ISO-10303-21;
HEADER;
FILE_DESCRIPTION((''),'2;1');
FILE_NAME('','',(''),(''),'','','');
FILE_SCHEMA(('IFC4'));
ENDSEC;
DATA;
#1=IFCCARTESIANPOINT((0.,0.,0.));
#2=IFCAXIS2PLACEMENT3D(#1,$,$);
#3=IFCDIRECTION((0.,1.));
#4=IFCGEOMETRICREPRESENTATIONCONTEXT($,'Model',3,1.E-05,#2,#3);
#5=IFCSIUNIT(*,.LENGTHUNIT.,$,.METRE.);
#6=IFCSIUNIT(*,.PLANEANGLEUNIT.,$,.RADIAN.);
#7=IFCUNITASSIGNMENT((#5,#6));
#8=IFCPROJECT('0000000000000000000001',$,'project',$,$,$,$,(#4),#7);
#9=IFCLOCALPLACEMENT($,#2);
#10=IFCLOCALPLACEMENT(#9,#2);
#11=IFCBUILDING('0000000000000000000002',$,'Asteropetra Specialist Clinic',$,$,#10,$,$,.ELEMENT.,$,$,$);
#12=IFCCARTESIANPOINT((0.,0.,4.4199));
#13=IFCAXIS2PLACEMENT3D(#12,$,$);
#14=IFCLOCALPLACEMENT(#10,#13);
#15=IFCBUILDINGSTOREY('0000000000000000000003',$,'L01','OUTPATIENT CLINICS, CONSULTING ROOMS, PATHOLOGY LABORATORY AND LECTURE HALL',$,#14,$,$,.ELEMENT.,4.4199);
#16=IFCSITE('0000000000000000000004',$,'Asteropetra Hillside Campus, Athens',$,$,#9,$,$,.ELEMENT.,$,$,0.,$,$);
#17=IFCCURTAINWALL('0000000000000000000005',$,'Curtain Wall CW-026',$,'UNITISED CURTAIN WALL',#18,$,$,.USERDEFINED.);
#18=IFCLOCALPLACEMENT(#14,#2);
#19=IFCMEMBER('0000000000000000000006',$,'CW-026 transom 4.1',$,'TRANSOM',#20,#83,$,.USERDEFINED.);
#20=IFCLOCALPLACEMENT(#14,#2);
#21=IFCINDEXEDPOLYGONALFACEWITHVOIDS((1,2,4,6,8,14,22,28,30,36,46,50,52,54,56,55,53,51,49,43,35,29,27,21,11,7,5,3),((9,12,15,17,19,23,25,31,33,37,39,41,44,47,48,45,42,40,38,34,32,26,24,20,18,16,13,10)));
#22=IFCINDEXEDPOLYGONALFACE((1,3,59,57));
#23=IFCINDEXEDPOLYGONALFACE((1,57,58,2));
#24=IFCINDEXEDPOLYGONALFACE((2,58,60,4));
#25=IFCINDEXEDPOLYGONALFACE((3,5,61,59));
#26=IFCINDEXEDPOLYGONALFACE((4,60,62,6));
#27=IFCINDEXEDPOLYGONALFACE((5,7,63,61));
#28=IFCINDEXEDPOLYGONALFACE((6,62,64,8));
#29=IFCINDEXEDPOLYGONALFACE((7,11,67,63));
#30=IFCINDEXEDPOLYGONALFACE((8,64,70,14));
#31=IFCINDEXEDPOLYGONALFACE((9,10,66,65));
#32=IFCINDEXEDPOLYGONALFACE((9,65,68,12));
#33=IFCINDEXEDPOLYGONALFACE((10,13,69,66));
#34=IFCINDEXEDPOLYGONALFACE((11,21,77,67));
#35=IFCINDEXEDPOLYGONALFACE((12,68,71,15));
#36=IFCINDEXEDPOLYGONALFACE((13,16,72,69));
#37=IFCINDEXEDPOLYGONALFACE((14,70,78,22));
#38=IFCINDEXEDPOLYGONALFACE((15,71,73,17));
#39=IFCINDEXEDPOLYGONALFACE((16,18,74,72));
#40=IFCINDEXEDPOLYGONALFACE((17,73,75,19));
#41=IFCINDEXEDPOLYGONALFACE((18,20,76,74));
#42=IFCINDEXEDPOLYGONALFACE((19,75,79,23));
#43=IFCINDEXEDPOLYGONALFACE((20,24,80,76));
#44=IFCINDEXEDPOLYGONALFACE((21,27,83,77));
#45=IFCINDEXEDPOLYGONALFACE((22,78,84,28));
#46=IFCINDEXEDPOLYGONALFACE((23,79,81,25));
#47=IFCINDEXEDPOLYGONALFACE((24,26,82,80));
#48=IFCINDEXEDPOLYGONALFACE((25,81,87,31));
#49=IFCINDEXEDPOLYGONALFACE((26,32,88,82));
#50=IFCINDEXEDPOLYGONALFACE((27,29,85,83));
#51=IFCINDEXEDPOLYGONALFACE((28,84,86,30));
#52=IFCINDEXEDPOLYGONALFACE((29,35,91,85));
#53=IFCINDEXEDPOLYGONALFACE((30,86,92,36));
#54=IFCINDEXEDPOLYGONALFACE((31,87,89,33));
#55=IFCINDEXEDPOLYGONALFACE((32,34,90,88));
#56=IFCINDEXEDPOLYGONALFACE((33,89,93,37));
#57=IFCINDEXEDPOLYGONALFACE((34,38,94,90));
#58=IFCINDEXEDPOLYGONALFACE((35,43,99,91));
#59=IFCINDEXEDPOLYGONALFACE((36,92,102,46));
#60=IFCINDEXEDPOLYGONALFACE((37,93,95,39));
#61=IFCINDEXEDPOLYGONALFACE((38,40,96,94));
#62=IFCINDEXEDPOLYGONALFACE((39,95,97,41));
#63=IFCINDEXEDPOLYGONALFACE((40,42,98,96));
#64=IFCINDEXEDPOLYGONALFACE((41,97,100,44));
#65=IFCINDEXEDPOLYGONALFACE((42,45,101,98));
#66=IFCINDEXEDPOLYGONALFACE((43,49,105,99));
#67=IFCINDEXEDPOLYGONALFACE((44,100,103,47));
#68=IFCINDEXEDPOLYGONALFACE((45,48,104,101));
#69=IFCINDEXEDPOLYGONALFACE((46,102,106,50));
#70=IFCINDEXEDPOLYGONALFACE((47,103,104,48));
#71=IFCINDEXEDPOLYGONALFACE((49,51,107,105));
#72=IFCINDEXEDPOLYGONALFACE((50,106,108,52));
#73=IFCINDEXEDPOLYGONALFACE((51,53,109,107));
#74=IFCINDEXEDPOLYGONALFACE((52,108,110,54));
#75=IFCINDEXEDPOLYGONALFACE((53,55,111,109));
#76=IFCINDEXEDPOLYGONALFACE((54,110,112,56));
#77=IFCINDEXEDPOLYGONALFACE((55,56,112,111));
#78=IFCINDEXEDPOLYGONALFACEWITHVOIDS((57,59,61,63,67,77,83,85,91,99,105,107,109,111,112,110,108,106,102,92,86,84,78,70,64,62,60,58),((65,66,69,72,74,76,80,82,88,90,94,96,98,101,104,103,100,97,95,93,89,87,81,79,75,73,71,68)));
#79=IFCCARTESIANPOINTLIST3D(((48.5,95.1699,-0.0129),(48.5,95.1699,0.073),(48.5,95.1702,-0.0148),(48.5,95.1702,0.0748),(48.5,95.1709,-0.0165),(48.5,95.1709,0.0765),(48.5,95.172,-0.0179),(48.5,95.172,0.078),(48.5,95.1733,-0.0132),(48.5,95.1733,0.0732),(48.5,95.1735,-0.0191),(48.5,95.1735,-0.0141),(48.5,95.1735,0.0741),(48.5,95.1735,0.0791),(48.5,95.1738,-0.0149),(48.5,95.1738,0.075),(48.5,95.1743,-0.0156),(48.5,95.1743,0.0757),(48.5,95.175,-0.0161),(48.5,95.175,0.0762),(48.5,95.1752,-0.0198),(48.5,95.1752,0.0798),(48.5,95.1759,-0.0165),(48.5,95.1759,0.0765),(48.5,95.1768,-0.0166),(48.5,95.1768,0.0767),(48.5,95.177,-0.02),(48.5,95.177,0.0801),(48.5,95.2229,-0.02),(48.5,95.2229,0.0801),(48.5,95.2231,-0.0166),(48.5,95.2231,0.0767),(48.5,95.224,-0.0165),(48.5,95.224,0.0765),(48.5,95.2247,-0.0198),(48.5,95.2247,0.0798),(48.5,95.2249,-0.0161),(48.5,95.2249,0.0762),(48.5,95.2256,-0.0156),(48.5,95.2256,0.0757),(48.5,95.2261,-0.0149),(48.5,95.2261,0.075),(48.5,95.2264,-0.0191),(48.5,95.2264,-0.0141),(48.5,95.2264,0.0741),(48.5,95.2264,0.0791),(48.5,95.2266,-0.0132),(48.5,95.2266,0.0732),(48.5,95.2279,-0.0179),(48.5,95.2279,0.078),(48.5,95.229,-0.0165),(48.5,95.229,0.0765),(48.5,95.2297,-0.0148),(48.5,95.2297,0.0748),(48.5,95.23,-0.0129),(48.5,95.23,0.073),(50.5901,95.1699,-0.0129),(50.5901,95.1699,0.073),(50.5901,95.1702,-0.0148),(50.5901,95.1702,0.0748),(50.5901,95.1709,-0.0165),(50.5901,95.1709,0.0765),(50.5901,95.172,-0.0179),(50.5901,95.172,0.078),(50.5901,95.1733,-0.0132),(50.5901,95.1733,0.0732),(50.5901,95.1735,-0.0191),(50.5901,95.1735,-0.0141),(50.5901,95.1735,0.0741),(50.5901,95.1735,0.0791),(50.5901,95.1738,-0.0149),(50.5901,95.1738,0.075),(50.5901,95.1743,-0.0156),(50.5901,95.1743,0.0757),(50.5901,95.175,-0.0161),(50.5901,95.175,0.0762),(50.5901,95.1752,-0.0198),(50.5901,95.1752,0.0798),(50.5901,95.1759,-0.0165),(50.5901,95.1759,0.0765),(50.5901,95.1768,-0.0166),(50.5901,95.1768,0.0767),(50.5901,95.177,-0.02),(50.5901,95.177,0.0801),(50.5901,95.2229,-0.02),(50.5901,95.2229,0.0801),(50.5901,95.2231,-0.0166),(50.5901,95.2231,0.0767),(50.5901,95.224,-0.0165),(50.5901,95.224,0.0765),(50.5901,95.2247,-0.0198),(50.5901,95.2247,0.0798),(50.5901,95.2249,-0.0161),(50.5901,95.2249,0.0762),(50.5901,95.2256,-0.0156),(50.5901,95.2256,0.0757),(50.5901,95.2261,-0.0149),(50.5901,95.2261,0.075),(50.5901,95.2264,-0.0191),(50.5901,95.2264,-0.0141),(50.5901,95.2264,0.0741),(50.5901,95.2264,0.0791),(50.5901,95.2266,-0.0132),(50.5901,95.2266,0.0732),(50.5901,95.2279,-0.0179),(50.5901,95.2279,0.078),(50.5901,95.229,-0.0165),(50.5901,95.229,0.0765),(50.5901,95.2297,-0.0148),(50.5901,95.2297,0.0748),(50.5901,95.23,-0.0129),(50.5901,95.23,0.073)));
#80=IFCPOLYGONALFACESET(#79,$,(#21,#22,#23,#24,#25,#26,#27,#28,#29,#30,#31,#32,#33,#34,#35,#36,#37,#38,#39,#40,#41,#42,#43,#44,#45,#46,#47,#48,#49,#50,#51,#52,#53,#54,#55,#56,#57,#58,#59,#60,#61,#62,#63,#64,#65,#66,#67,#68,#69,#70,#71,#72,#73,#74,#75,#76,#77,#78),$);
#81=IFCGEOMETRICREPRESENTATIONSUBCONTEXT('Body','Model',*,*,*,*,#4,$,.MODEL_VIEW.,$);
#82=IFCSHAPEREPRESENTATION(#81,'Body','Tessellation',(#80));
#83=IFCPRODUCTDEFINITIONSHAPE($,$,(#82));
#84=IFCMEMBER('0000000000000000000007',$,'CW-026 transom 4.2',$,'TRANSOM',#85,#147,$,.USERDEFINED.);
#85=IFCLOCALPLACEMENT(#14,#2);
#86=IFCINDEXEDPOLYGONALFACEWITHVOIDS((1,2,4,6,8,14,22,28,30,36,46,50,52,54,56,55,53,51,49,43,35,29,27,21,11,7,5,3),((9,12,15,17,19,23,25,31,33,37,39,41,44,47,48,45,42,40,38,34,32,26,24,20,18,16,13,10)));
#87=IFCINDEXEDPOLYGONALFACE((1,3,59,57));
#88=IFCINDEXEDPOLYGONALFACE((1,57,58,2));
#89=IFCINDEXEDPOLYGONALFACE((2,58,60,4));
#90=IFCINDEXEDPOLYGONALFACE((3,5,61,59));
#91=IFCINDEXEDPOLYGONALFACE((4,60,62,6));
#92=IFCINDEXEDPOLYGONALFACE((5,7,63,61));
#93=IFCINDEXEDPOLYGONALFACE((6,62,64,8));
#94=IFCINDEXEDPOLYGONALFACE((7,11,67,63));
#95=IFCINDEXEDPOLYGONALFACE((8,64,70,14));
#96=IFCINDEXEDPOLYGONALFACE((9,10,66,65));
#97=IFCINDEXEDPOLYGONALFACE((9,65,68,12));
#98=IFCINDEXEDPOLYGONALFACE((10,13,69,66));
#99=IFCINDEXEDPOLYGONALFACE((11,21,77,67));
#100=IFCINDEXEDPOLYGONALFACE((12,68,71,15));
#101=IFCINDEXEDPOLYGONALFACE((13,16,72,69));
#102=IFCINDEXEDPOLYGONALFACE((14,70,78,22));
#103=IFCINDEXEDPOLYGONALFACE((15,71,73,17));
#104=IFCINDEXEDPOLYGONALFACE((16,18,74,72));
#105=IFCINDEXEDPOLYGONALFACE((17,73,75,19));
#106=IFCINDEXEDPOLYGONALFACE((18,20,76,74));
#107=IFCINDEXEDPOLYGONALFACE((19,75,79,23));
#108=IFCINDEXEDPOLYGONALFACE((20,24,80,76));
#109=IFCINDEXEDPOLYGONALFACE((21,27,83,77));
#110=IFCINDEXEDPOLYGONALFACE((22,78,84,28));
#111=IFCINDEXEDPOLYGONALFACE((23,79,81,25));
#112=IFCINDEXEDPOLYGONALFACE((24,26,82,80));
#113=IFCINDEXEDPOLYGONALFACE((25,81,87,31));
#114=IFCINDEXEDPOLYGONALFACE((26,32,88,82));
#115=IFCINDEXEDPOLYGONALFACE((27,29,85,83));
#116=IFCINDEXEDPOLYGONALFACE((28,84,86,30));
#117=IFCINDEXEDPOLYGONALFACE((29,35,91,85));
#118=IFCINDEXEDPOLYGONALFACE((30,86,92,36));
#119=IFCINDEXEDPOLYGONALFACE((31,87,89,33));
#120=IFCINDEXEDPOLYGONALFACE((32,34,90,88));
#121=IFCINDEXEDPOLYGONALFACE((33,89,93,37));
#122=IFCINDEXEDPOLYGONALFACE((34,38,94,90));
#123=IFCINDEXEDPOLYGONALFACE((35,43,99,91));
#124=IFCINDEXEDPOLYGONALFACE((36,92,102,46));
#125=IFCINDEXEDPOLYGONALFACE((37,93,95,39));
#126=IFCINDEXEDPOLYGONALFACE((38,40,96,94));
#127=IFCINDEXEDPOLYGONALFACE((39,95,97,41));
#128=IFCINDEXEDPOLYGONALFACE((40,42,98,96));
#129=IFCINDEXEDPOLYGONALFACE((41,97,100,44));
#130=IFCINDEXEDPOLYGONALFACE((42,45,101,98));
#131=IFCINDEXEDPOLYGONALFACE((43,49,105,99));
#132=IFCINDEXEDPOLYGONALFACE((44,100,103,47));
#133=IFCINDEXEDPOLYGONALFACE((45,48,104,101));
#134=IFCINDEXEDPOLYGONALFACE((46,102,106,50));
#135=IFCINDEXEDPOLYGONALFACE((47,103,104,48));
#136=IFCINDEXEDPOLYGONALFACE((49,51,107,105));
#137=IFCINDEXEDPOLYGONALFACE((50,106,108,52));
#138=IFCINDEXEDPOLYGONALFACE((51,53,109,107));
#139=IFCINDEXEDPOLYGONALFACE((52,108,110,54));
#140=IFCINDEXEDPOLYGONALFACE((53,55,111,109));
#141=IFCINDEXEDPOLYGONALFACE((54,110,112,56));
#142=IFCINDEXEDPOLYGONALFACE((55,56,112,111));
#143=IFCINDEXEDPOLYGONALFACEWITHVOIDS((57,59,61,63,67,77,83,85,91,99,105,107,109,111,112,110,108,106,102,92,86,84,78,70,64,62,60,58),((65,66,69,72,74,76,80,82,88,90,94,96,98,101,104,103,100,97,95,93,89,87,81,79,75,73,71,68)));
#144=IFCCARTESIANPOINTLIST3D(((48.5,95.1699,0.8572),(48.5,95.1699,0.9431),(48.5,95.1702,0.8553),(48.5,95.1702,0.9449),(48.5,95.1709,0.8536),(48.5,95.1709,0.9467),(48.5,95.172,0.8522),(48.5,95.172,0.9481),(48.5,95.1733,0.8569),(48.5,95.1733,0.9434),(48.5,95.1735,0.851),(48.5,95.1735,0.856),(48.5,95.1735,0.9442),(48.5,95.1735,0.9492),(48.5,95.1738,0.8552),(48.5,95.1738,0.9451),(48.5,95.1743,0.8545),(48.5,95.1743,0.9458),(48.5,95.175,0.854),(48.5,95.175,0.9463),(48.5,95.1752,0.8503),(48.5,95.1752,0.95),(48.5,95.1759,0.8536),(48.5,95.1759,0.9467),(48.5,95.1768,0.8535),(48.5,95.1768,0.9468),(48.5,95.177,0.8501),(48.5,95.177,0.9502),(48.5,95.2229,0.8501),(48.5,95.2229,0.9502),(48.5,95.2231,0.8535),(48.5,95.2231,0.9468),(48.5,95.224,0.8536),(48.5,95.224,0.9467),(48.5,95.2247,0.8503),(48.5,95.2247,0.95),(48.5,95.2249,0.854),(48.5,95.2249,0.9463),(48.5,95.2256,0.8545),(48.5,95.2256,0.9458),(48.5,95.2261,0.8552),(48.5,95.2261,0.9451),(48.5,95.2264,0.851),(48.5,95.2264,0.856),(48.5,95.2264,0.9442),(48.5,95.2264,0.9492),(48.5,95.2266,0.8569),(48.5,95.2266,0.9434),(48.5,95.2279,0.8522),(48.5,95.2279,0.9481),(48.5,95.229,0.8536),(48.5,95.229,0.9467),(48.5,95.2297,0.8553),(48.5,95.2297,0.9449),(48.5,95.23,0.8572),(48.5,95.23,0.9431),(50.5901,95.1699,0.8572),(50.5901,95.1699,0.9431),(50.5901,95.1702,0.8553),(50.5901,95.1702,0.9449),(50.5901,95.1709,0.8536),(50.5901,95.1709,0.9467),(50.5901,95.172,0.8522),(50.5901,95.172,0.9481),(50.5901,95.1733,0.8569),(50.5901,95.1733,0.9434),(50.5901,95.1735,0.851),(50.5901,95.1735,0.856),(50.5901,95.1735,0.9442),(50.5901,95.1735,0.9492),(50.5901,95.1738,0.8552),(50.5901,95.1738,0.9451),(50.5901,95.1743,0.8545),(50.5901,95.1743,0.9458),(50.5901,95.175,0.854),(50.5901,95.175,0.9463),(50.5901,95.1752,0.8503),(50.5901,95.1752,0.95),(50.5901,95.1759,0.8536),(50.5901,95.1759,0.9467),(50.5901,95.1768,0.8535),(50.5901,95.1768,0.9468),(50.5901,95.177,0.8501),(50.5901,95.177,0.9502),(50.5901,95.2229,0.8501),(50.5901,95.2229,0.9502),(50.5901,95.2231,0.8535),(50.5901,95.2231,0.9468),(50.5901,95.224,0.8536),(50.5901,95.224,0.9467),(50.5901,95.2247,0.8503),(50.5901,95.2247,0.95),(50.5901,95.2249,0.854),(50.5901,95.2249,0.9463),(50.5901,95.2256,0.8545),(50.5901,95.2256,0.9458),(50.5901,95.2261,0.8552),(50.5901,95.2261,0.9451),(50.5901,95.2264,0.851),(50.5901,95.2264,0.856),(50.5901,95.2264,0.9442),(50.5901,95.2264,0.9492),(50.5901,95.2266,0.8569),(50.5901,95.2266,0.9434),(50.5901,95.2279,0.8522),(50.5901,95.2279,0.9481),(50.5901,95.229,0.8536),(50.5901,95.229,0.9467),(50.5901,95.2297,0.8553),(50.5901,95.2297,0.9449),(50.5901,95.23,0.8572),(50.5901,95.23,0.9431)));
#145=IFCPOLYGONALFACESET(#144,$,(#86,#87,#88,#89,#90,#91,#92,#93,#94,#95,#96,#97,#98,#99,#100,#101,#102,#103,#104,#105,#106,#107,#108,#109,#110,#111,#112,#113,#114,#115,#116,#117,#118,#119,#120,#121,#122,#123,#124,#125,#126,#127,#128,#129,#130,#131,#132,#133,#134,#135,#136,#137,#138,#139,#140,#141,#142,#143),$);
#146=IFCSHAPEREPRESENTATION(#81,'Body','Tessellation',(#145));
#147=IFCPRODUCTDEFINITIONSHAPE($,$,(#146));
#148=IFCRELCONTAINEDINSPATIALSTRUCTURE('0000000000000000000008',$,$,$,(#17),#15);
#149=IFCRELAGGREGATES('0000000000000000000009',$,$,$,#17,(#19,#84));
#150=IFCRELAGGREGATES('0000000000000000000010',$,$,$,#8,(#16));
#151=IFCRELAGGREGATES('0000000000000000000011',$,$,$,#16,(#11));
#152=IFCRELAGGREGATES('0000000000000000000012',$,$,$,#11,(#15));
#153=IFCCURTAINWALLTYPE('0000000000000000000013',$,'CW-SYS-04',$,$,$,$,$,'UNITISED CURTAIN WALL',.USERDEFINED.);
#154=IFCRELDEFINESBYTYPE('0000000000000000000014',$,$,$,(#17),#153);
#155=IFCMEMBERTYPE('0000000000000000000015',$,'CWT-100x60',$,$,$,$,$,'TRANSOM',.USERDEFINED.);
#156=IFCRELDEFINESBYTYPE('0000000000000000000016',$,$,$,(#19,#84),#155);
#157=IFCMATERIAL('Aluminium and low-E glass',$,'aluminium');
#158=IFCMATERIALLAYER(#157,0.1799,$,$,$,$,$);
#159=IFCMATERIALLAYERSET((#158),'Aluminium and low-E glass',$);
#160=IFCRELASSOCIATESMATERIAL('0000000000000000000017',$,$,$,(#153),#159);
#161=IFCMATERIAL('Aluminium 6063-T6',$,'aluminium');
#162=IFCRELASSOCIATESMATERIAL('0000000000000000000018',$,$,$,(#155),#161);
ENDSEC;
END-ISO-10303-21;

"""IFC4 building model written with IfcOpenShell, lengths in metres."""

from ifc_helpers import new_model, si_unit, direction, frame, origin, origin_2d, place, context, subcontext, project, spatial, hollow_rectangle, extrude, material, layer, layer_set, material_profile, profile_set, type_object, element, aggregate, save


model = new_model("IFC4")

# Units and contexts
model_context = context("Model", 3, precision=1e-05, world=origin(), true_north=direction((0.0, 1.0)))
body_context = subcontext(model_context, "Body", "Model", "MODEL_VIEW")
ifc_project = project(units=[si_unit("LENGTHUNIT", "METRE"), si_unit("PLANEANGLEUNIT", "RADIAN")], contexts=[model_context])

# Site, building, storey
site_placement = place(None, origin())
site = spatial("IfcSite", under=ifc_project, at=site_placement, Name="Asteropetra Hillside Campus, Athens", CompositionType="ELEMENT", RefElevation=0.0)
building_placement = place(site_placement, origin())
building = spatial("IfcBuilding", under=site, at=building_placement, Name="Asteropetra Specialist Clinic", CompositionType="ELEMENT")
storey_placement = place(building_placement, frame((0.0, 0.0, 4.4199)))
storey = spatial("IfcBuildingStorey", under=building, at=storey_placement, Name="L01", Description="OUTPATIENT CLINICS, CONSULTING ROOMS, PATHOLOGY LABORATORY AND LECTURE HALL", CompositionType="ELEMENT", Elevation=4.4199)

# Curtain wall
ifc_material_1 = material(Name="Aluminium and low-E glass", Category="aluminium")
ifc_layer_1 = layer(ifc_material_1, 0.1799)
ifc_layer_set_1 = layer_set([ifc_layer_1], Name="Aluminium and low-E glass")
curtain_wall_type_1 = type_object("IfcCurtainWallType", Name="CW-SYS-04", ElementType="UNITISED CURTAIN WALL", PredefinedType="USERDEFINED", material=ifc_layer_set_1)
curtain_wall_1_placement = place(storey_placement, origin())
curtain_wall_1 = element("IfcCurtainWall", 1, at=curtain_wall_1_placement, inside=storey, type_object=curtain_wall_type_1, Name="Curtain Wall CW-026", ObjectType="UNITISED CURTAIN WALL", PredefinedType="USERDEFINED")

# Members
ifc_material_2 = material(Name="Aluminium 6063-T6", Category="aluminium")
ifc_material_profile_1 = material_profile(ifc_material_2, hollow_rectangle(XDim=0.0601, YDim=0.1001, WallThickness=0.0034, InnerFilletRadius=0.0034, OuterFilletRadius=0.0071, at=origin_2d()), Name="TRN 100x60x3.5")
ifc_profile_set_1 = profile_set([ifc_material_profile_1], Name="Aluminium 6063-T6")
member_type_1 = type_object("IfcMemberType", Name="CWT-100x60", ElementType="TRANSOM", PredefinedType="USERDEFINED", material=ifc_profile_set_1)
member_1_placement = place(storey_placement, frame((50.5901, 95.2, 0.03), z_axis=(-1.0, 0.0, 0.0), x_axis=(0.0, -1.0, 0.0)))
member_1 = element("IfcMember", 2, at=member_1_placement, type_object=member_type_1, Name="CW-026 transom 4.1", ObjectType="TRANSOM", PredefinedType="USERDEFINED", context=body_context, shape_type="SweptSolid", body=[
    extrude(hollow_rectangle(XDim=0.0601, YDim=0.1001, WallThickness=0.0034, InnerFilletRadius=0.0034, OuterFilletRadius=0.0071, at=origin_2d()), origin(), (0.0, 0.0, 1.0), 2.0901),
])
member_2_placement = place(storey_placement, frame((50.5901, 95.2, 0.9001), z_axis=(-1.0, 0.0, 0.0), x_axis=(0.0, -1.0, 0.0)))
member_2 = element("IfcMember", 3, at=member_2_placement, type_object=member_type_1, Name="CW-026 transom 4.2", ObjectType="TRANSOM", PredefinedType="USERDEFINED", context=body_context, shape_type="SweptSolid", body=[
    extrude(hollow_rectangle(XDim=0.0601, YDim=0.1001, WallThickness=0.0034, InnerFilletRadius=0.0034, OuterFilletRadius=0.0071, at=origin_2d()), origin(), (0.0, 0.0, 1.0), 2.0901),
])

aggregate(curtain_wall_1, [member_1, member_2])

save(model, "model.ifc")
